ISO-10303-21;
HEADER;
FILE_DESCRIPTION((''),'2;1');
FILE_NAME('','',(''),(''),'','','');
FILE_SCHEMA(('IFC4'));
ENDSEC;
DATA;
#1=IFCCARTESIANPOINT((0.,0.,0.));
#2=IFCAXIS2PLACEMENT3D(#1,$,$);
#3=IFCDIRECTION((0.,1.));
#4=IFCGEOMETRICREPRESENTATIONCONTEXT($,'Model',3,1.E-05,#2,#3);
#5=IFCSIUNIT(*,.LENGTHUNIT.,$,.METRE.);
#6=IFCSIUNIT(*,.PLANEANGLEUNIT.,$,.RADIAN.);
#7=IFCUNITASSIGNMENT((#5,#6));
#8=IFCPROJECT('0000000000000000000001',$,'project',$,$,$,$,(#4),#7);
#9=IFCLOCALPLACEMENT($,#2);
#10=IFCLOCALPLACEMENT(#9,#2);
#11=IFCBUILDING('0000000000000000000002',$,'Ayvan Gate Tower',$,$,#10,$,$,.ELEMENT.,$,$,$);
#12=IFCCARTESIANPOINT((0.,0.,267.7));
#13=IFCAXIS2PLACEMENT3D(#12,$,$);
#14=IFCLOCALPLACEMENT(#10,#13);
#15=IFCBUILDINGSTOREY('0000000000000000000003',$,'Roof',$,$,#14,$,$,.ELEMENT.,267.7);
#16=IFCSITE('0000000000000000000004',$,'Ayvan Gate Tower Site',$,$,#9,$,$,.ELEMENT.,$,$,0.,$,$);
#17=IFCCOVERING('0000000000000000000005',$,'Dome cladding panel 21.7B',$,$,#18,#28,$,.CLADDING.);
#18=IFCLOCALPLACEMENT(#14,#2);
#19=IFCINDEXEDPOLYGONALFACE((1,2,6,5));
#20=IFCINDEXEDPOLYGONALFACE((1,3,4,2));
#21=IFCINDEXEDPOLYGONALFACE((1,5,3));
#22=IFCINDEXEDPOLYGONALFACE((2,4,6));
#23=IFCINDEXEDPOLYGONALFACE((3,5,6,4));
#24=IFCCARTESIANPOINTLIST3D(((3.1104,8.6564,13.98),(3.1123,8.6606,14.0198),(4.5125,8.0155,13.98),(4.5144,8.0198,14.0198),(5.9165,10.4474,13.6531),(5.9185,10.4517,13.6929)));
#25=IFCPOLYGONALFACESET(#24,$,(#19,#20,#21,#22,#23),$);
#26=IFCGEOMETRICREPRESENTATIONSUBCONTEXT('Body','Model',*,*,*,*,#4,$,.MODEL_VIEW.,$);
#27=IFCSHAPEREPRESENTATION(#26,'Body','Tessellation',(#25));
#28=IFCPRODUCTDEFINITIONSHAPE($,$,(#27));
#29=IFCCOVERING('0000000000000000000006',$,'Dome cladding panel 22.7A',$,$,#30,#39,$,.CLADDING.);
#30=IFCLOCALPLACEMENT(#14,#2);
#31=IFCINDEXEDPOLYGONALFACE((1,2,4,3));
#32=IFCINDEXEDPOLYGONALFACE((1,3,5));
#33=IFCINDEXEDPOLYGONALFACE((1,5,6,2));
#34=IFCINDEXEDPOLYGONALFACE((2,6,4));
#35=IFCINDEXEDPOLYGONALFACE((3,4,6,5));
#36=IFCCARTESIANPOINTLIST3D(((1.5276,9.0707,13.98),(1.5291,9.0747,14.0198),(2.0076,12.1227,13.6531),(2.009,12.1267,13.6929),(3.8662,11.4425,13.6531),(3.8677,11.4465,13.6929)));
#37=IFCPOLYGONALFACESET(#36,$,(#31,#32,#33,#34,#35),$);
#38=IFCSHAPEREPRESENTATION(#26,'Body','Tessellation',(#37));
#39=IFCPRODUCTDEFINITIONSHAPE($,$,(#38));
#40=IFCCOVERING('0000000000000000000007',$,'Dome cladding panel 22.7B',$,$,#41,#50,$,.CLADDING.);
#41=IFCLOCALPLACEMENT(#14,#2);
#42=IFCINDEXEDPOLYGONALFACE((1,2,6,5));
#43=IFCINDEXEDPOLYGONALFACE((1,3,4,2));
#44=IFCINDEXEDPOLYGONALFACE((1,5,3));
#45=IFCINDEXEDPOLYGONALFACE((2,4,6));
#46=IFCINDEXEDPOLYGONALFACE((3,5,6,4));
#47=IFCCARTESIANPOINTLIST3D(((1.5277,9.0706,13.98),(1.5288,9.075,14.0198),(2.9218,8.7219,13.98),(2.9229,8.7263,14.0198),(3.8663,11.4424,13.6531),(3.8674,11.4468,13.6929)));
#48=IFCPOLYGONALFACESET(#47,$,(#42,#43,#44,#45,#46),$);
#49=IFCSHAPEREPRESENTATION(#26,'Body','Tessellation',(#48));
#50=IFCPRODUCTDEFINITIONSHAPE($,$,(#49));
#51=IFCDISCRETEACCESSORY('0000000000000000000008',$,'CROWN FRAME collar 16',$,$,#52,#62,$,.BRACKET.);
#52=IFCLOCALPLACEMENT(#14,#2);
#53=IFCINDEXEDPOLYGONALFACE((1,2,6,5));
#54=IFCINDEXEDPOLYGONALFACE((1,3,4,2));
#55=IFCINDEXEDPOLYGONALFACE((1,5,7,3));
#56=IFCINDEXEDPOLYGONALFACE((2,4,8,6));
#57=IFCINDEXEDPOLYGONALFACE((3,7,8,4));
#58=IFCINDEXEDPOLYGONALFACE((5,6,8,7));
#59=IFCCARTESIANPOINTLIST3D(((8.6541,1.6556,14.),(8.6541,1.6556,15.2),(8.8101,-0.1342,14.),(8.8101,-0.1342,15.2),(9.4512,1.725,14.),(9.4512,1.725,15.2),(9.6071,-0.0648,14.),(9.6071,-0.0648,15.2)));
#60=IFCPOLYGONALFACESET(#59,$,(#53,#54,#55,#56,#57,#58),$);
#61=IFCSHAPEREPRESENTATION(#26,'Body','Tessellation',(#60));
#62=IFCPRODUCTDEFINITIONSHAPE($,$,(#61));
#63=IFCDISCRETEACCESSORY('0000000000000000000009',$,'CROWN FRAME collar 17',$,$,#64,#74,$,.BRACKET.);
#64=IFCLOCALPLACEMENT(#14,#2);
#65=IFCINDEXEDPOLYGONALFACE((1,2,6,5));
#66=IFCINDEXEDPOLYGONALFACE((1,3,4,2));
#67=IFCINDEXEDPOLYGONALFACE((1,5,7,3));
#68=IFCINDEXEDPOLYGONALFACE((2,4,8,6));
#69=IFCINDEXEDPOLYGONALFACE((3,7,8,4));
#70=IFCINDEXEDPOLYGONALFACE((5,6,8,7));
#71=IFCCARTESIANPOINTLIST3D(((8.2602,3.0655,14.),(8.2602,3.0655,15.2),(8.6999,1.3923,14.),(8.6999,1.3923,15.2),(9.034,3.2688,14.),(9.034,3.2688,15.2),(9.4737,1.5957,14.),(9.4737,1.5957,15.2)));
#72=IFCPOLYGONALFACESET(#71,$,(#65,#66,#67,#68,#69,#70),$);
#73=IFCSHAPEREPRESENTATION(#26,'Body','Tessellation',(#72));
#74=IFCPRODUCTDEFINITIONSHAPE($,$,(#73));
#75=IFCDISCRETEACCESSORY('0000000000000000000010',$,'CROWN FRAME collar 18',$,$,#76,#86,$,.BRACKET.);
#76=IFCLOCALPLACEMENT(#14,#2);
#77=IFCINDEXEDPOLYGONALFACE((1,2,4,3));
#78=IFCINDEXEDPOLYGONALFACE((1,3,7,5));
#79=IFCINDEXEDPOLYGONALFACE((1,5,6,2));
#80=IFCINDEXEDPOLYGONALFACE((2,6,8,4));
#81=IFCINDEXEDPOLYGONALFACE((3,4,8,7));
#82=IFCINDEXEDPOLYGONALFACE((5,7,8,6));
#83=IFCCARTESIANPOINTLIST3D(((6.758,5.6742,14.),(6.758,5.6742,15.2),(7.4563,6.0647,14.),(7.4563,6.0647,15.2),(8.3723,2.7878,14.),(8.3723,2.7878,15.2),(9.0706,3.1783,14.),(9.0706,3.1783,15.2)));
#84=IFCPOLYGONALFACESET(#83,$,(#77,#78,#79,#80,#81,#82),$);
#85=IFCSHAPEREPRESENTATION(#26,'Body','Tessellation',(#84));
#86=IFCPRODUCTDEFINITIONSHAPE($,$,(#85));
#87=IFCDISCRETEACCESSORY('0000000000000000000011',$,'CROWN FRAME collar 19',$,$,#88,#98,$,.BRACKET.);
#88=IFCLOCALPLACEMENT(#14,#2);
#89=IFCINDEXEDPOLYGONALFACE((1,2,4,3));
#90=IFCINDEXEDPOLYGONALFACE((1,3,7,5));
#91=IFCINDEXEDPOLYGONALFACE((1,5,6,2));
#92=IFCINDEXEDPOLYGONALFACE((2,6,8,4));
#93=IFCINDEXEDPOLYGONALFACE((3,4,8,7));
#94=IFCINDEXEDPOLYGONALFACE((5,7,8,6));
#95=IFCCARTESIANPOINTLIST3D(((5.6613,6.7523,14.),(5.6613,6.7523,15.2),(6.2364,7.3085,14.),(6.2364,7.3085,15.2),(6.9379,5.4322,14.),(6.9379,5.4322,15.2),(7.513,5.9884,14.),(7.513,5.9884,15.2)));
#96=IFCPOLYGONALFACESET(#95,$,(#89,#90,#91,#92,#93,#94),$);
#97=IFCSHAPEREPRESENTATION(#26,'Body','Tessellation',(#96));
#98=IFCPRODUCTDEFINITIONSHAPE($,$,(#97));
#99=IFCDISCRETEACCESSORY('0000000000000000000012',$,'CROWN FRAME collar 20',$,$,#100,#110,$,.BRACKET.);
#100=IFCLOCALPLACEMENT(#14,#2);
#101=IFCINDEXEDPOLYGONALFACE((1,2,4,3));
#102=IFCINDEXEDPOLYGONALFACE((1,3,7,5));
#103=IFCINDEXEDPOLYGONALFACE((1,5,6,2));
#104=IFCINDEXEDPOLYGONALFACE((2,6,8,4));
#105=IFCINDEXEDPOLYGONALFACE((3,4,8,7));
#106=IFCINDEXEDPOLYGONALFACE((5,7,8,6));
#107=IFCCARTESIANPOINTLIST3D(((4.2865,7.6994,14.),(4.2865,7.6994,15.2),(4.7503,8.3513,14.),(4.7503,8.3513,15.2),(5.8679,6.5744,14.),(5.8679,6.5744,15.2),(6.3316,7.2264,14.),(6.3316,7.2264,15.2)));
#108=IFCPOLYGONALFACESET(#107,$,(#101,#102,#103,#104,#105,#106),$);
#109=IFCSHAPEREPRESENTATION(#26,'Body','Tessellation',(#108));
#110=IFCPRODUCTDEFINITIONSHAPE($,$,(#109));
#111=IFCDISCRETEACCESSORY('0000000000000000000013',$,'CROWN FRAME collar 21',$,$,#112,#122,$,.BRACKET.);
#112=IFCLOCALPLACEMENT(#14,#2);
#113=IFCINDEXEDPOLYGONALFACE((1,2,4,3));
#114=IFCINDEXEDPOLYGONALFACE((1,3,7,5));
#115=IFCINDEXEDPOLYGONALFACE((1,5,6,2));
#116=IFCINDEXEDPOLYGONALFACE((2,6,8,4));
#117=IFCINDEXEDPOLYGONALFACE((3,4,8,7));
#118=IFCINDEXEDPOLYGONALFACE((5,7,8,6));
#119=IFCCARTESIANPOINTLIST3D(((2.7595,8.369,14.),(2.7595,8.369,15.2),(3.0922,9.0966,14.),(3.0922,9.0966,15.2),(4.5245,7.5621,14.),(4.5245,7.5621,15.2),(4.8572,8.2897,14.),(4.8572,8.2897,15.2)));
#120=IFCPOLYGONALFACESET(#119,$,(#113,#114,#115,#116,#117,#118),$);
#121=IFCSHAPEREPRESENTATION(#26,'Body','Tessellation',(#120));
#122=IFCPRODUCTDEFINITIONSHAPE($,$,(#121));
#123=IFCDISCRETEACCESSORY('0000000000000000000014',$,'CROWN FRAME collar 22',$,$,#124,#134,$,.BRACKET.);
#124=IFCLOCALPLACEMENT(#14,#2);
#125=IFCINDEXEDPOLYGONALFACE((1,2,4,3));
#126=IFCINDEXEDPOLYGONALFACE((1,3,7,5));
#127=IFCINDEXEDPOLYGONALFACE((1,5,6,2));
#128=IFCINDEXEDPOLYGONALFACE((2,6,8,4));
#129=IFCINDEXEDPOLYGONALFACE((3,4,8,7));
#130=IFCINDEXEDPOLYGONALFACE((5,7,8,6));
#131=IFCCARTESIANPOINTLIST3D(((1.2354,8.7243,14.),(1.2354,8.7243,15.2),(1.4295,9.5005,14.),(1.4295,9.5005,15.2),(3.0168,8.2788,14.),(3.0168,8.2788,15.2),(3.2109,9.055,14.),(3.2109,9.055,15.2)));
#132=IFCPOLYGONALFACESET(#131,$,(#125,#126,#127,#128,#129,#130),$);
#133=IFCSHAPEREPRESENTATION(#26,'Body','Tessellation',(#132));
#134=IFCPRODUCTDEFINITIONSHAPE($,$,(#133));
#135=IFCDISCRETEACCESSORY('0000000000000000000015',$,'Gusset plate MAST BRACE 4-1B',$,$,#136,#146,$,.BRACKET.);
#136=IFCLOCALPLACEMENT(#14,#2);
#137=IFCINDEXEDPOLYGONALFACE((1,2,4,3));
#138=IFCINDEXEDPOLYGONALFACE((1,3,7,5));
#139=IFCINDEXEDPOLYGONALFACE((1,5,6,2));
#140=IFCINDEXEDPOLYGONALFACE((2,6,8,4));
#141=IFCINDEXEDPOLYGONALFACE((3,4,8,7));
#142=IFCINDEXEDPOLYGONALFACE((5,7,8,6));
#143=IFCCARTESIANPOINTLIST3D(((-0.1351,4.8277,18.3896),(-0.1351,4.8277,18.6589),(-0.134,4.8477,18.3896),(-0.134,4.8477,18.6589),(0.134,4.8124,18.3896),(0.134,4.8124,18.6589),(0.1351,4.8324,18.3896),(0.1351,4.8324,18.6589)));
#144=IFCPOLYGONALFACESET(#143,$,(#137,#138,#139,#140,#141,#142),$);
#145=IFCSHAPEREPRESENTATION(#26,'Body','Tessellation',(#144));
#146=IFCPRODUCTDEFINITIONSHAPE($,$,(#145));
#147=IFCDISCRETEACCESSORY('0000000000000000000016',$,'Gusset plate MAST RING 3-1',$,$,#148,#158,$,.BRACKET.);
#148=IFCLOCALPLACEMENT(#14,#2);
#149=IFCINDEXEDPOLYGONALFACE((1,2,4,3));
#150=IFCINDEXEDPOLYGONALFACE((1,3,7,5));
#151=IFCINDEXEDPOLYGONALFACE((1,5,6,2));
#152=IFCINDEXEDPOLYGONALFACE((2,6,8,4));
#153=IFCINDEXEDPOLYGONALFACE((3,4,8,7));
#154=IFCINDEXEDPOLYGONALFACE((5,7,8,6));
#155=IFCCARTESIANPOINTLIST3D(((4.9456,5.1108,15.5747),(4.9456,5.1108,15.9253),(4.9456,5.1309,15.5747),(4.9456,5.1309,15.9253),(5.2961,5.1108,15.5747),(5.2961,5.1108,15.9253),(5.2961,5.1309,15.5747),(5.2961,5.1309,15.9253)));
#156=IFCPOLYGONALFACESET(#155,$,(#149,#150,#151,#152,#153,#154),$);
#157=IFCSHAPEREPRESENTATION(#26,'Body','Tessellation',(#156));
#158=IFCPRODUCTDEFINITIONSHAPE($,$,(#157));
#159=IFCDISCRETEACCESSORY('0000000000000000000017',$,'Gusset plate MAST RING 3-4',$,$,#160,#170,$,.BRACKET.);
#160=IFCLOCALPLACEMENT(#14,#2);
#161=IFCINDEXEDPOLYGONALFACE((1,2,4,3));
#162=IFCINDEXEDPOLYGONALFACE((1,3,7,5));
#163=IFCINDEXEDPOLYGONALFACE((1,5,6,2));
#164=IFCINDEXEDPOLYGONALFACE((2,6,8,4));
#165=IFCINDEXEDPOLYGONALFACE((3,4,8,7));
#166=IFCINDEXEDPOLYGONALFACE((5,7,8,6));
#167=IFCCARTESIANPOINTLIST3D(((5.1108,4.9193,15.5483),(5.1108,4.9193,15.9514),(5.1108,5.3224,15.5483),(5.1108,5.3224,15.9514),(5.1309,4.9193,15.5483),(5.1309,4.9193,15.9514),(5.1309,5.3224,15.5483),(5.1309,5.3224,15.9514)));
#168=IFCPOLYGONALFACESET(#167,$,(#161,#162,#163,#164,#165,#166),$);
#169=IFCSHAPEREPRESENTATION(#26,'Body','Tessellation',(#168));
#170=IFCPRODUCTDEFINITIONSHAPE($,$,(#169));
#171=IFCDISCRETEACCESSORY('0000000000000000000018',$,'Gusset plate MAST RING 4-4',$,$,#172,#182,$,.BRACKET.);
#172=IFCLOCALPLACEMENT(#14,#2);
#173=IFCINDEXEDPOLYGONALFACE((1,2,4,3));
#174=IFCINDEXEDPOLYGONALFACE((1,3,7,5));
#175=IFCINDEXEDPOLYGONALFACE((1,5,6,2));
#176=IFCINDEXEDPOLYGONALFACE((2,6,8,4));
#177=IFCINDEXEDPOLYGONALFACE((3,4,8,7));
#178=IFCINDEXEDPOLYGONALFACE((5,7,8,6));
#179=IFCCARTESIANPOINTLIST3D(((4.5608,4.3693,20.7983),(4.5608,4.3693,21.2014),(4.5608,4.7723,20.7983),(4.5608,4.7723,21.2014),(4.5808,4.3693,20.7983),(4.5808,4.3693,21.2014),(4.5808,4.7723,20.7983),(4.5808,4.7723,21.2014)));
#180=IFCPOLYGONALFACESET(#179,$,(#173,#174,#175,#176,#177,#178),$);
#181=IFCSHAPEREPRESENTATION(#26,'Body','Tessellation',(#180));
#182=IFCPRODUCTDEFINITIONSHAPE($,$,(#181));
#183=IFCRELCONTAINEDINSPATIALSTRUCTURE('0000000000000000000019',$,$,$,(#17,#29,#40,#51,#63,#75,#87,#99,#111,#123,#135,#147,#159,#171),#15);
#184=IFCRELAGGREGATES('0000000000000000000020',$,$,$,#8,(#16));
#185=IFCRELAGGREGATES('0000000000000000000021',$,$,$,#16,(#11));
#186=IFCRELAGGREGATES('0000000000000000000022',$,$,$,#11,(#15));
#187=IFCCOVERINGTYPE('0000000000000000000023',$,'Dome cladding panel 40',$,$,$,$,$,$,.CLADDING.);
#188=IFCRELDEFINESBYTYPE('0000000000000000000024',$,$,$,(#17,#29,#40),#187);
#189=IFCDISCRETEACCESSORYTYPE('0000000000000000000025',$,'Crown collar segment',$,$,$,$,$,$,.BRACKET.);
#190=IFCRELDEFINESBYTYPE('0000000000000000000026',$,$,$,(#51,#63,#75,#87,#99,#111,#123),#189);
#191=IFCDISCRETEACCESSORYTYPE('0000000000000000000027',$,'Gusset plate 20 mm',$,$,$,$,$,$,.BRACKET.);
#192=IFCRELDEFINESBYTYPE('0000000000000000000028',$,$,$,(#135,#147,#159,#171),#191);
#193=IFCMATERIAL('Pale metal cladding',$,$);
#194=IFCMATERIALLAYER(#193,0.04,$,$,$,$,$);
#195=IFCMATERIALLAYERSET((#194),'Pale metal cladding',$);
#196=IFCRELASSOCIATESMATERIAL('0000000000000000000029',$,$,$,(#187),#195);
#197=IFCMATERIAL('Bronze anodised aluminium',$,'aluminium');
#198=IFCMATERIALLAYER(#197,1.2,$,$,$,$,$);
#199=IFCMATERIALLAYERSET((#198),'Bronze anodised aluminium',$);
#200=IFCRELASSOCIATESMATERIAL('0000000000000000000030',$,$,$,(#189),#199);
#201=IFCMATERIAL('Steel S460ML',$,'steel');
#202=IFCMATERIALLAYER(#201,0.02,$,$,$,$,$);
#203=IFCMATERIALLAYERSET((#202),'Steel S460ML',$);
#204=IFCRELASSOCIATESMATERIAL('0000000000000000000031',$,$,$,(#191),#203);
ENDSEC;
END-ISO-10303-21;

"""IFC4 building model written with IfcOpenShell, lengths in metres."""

from ifc_helpers import new_model, si_unit, direction, frame, origin, origin_2d, place, context, subcontext, project, spatial, polyline, rectangle, outline, extrude, material, layer, layer_set, type_object, element, save


model = new_model("IFC4")

# Units and contexts
model_context = context("Model", 3, precision=1e-05, world=origin(), true_north=direction((0.0, 1.0)))
body_context = subcontext(model_context, "Body", "Model", "MODEL_VIEW")
ifc_project = project(units=[si_unit("LENGTHUNIT", "METRE"), si_unit("PLANEANGLEUNIT", "RADIAN")], contexts=[model_context])

# Site, building, storey
site_placement = place(None, origin())
site = spatial("IfcSite", under=ifc_project, at=site_placement, Name="Ayvan Gate Tower Site", CompositionType="ELEMENT", RefElevation=0.0)
building_placement = place(site_placement, origin())
building = spatial("IfcBuilding", under=site, at=building_placement, Name="Ayvan Gate Tower", CompositionType="ELEMENT")
storey_placement = place(building_placement, frame((0.0, 0.0, 267.7)))
storey = spatial("IfcBuildingStorey", under=building, at=storey_placement, Name="Roof", CompositionType="ELEMENT", Elevation=267.7)

# Coverings
ifc_material_1 = material(Name="Pale metal cladding")
ifc_layer_1 = layer(ifc_material_1, 0.04)
ifc_layer_set_1 = layer_set([ifc_layer_1], Name="Pale metal cladding")
covering_type = type_object("IfcCoveringType", Name="Dome cladding panel 40", PredefinedType="CLADDING", material=ifc_layer_set_1)
covering_1_placement = place(storey_placement, frame((5.9185, 10.4517, 13.6929), z_axis=(0.048285, 0.105637, 0.993232), x_axis=(-0.838907, -0.535429, 0.097729)))
element("IfcCovering", 1, at=covering_1_placement, inside=storey, type_object=covering_type, Name="Dome cladding panel 21.7B", PredefinedType="CLADDING", context=body_context, shape_type="SweptSolid", body=[
    extrude(outline(polyline([(0.0, 0.0), (3.345, 0.0), (2.5119, 1.2971), (0.0, 0.0)])), origin(), (0.0, 0.0, -1.0), 0.04),
])
covering_2_placement = place(storey_placement, frame((3.8677, 11.4465, 13.6929), z_axis=(0.036851, 0.100698, 0.994234), x_axis=(-0.939093, 0.343664, 0.0)))
element("IfcCovering", 2, at=covering_2_placement, inside=storey, type_object=covering_type, Name="Dome cladding panel 22.7A", PredefinedType="CLADDING", context=body_context, shape_type="SweptSolid", body=[
    extrude(outline(polyline([(0.0, 0.0), (1.9792, 0.0), (1.3811, 3.0486), (0.0, 0.0)])), origin(), (0.0, 0.0, -1.0), 0.04),
])
covering_3_placement = place(storey_placement, frame((3.8674, 11.4468, 13.6929), z_axis=(0.027473, 0.109853, 0.993568), x_axis=(-0.698748, -0.708669, 0.097674)))
element("IfcCovering", 3, at=covering_3_placement, inside=storey, type_object=covering_type, Name="Dome cladding panel 22.7B", PredefinedType="CLADDING", context=body_context, shape_type="SweptSolid", body=[
    extrude(outline(polyline([(0.0, 0.0), (3.3469, 0.0), (2.6199, 1.2395), (0.0, 0.0)])), origin(), (0.0, 0.0, -1.0), 0.04),
])

# Discrete accessories
ifc_material_2 = material(Name="Bronze anodised aluminium", Category="aluminium")
ifc_layer_2 = layer(ifc_material_2, 1.2)
ifc_layer_set_2 = layer_set([ifc_layer_2], Name="Bronze anodised aluminium")
discrete_accessory_type_1 = type_object("IfcDiscreteAccessoryType", Name="Crown collar segment", PredefinedType="BRACKET", material=ifc_layer_set_2)
discrete_accessory_1_placement = place(storey_placement, frame((9.1306, 0.7954, 14.0), z_axis=(0.0, 0.0, 1.0), x_axis=(-0.086777, 0.996228, 0.0)))
element("IfcDiscreteAccessory", 4, at=discrete_accessory_1_placement, inside=storey, type_object=discrete_accessory_type_1, Name="CROWN FRAME collar 16", PredefinedType="BRACKET", context=body_context, shape_type="SweptSolid", body=[
    extrude(rectangle(XDim=1.7966, YDim=0.8, at=origin_2d()), origin(), (0.0, 0.0, 1.0), 1.2),
])
discrete_accessory_2_placement = place(storey_placement, frame((8.8669, 2.3306, 14.0), z_axis=(0.0, 0.0, 1.0), x_axis=(-0.254193, 0.967153, 0.0)))
element("IfcDiscreteAccessory", 5, at=discrete_accessory_2_placement, inside=storey, type_object=discrete_accessory_type_1, Name="CROWN FRAME collar 17", PredefinedType="BRACKET", context=body_context, shape_type="SweptSolid", body=[
    extrude(rectangle(XDim=1.73, YDim=0.8, at=origin_2d()), origin(), (0.0, 0.0, 1.0), 1.2),
])
discrete_accessory_3_placement = place(storey_placement, frame((7.9143, 4.4263, 14.0), z_axis=(0.0, 0.0, 1.0), x_axis=(-0.488125, 0.872774, 0.0)))
element("IfcDiscreteAccessory", 6, at=discrete_accessory_3_placement, inside=storey, type_object=discrete_accessory_type_1, Name="CROWN FRAME collar 18", PredefinedType="BRACKET", context=body_context, shape_type="SweptSolid", body=[
    extrude(rectangle(XDim=3.3071, YDim=0.8, at=origin_2d()), origin(), (0.0, 0.0, 1.0), 1.2),
])
discrete_accessory_4_placement = place(storey_placement, frame((6.5872, 6.3704, 14.0), z_axis=(0.0, 0.0, 1.0), x_axis=(-0.695181, 0.718835, 0.0)))
element("IfcDiscreteAccessory", 7, at=discrete_accessory_4_placement, inside=storey, type_object=discrete_accessory_type_1, Name="CROWN FRAME collar 19", PredefinedType="BRACKET", context=body_context, shape_type="SweptSolid", body=[
    extrude(rectangle(XDim=1.8364, YDim=0.8, at=origin_2d()), origin(), (0.0, 0.0, 1.0), 1.2),
])
for number, where, z_axis, x_axis, name in (
    (8, (5.3091, 7.4629, 14.0), (0.0, 0.0, 1.0), (-0.814846, 0.579678, 0.0), "CROWN FRAME collar 20"),
    (9, (3.8083, 8.3293, 14.0), (0.0, 0.0, 1.0), (-0.909444, 0.415827, 0.0), "CROWN FRAME collar 21"),
):
    element("IfcDiscreteAccessory", number, at=place(storey_placement, frame(where, z_axis=z_axis, x_axis=x_axis)), inside=storey, type_object=discrete_accessory_type_1, Name=name, PredefinedType="BRACKET", context=body_context, shape_type="SweptSolid", body=[
        extrude(rectangle(XDim=1.9407, YDim=0.8, at=origin_2d()), origin(), (0.0, 0.0, 1.0), 1.2),
    ])
discrete_accessory_5_placement = place(storey_placement, frame((2.2231, 8.8896, 14.0), z_axis=(0.0, 0.0, 1.0), x_axis=(-0.970122, 0.242618, 0.0)))
element("IfcDiscreteAccessory", 10, at=discrete_accessory_5_placement, inside=storey, type_object=discrete_accessory_type_1, Name="CROWN FRAME collar 22", PredefinedType="BRACKET", context=body_context, shape_type="SweptSolid", body=[
    extrude(rectangle(XDim=1.8362, YDim=0.8, at=origin_2d()), origin(), (0.0, 0.0, 1.0), 1.2),
])
ifc_material_3 = material(Name="Steel S460ML", Category="steel")
ifc_layer_3 = layer(ifc_material_3, 0.02)
ifc_layer_set_3 = layer_set([ifc_layer_3], Name="Steel S460ML")
discrete_accessory_type_2 = type_object("IfcDiscreteAccessoryType", Name="Gusset plate 20 mm", PredefinedType="BRACKET", material=ifc_layer_set_3)
discrete_accessory_6_placement = place(storey_placement, frame((0.0, 4.8301, 18.3896), z_axis=(0.0, 0.0, 1.0), x_axis=(-0.998393, 0.056677, 0.0)))
element("IfcDiscreteAccessory", 11, at=discrete_accessory_6_placement, inside=storey, type_object=discrete_accessory_type_2, Name="Gusset plate MAST BRACE 4-1B", PredefinedType="BRACKET", context=body_context, shape_type="SweptSolid", body=[
    extrude(rectangle(XDim=0.2695, YDim=0.02, at=origin_2d()), origin(), (0.0, 0.0, 1.0), 0.2693),
])
discrete_accessory_7_placement = place(storey_placement, frame((5.1208, 5.1208, 15.5747), z_axis=(0.0, 0.0, 1.0), x_axis=(1.0, 0.0, 0.0)))
element("IfcDiscreteAccessory", 12, at=discrete_accessory_7_placement, inside=storey, type_object=discrete_accessory_type_2, Name="Gusset plate MAST RING 3-1", PredefinedType="BRACKET", context=body_context, shape_type="SweptSolid", body=[
    extrude(rectangle(XDim=0.3506, YDim=0.02, at=origin_2d()), origin(), (0.0, 0.0, 1.0), 0.3506),
])
for number, where, z_axis, x_axis, name in (
    (13, (5.1208, 5.1208, 15.5483), (0.0, 0.0, 1.0), (0.0, 1.0, 0.0), "Gusset plate MAST RING 3-4"),
    (14, (4.5708, 4.5708, 20.7983), (0.0, 0.0, 1.0), (0.0, 1.0, 0.0), "Gusset plate MAST RING 4-4"),
):
    element("IfcDiscreteAccessory", number, at=place(storey_placement, frame(where, z_axis=z_axis, x_axis=x_axis)), inside=storey, type_object=discrete_accessory_type_2, Name=name, PredefinedType="BRACKET", context=body_context, shape_type="SweptSolid", body=[
        extrude(rectangle(XDim=0.4031, YDim=0.02, at=origin_2d()), origin(), (0.0, 0.0, 1.0), 0.4031),
    ])

save(model, "model.ifc")
